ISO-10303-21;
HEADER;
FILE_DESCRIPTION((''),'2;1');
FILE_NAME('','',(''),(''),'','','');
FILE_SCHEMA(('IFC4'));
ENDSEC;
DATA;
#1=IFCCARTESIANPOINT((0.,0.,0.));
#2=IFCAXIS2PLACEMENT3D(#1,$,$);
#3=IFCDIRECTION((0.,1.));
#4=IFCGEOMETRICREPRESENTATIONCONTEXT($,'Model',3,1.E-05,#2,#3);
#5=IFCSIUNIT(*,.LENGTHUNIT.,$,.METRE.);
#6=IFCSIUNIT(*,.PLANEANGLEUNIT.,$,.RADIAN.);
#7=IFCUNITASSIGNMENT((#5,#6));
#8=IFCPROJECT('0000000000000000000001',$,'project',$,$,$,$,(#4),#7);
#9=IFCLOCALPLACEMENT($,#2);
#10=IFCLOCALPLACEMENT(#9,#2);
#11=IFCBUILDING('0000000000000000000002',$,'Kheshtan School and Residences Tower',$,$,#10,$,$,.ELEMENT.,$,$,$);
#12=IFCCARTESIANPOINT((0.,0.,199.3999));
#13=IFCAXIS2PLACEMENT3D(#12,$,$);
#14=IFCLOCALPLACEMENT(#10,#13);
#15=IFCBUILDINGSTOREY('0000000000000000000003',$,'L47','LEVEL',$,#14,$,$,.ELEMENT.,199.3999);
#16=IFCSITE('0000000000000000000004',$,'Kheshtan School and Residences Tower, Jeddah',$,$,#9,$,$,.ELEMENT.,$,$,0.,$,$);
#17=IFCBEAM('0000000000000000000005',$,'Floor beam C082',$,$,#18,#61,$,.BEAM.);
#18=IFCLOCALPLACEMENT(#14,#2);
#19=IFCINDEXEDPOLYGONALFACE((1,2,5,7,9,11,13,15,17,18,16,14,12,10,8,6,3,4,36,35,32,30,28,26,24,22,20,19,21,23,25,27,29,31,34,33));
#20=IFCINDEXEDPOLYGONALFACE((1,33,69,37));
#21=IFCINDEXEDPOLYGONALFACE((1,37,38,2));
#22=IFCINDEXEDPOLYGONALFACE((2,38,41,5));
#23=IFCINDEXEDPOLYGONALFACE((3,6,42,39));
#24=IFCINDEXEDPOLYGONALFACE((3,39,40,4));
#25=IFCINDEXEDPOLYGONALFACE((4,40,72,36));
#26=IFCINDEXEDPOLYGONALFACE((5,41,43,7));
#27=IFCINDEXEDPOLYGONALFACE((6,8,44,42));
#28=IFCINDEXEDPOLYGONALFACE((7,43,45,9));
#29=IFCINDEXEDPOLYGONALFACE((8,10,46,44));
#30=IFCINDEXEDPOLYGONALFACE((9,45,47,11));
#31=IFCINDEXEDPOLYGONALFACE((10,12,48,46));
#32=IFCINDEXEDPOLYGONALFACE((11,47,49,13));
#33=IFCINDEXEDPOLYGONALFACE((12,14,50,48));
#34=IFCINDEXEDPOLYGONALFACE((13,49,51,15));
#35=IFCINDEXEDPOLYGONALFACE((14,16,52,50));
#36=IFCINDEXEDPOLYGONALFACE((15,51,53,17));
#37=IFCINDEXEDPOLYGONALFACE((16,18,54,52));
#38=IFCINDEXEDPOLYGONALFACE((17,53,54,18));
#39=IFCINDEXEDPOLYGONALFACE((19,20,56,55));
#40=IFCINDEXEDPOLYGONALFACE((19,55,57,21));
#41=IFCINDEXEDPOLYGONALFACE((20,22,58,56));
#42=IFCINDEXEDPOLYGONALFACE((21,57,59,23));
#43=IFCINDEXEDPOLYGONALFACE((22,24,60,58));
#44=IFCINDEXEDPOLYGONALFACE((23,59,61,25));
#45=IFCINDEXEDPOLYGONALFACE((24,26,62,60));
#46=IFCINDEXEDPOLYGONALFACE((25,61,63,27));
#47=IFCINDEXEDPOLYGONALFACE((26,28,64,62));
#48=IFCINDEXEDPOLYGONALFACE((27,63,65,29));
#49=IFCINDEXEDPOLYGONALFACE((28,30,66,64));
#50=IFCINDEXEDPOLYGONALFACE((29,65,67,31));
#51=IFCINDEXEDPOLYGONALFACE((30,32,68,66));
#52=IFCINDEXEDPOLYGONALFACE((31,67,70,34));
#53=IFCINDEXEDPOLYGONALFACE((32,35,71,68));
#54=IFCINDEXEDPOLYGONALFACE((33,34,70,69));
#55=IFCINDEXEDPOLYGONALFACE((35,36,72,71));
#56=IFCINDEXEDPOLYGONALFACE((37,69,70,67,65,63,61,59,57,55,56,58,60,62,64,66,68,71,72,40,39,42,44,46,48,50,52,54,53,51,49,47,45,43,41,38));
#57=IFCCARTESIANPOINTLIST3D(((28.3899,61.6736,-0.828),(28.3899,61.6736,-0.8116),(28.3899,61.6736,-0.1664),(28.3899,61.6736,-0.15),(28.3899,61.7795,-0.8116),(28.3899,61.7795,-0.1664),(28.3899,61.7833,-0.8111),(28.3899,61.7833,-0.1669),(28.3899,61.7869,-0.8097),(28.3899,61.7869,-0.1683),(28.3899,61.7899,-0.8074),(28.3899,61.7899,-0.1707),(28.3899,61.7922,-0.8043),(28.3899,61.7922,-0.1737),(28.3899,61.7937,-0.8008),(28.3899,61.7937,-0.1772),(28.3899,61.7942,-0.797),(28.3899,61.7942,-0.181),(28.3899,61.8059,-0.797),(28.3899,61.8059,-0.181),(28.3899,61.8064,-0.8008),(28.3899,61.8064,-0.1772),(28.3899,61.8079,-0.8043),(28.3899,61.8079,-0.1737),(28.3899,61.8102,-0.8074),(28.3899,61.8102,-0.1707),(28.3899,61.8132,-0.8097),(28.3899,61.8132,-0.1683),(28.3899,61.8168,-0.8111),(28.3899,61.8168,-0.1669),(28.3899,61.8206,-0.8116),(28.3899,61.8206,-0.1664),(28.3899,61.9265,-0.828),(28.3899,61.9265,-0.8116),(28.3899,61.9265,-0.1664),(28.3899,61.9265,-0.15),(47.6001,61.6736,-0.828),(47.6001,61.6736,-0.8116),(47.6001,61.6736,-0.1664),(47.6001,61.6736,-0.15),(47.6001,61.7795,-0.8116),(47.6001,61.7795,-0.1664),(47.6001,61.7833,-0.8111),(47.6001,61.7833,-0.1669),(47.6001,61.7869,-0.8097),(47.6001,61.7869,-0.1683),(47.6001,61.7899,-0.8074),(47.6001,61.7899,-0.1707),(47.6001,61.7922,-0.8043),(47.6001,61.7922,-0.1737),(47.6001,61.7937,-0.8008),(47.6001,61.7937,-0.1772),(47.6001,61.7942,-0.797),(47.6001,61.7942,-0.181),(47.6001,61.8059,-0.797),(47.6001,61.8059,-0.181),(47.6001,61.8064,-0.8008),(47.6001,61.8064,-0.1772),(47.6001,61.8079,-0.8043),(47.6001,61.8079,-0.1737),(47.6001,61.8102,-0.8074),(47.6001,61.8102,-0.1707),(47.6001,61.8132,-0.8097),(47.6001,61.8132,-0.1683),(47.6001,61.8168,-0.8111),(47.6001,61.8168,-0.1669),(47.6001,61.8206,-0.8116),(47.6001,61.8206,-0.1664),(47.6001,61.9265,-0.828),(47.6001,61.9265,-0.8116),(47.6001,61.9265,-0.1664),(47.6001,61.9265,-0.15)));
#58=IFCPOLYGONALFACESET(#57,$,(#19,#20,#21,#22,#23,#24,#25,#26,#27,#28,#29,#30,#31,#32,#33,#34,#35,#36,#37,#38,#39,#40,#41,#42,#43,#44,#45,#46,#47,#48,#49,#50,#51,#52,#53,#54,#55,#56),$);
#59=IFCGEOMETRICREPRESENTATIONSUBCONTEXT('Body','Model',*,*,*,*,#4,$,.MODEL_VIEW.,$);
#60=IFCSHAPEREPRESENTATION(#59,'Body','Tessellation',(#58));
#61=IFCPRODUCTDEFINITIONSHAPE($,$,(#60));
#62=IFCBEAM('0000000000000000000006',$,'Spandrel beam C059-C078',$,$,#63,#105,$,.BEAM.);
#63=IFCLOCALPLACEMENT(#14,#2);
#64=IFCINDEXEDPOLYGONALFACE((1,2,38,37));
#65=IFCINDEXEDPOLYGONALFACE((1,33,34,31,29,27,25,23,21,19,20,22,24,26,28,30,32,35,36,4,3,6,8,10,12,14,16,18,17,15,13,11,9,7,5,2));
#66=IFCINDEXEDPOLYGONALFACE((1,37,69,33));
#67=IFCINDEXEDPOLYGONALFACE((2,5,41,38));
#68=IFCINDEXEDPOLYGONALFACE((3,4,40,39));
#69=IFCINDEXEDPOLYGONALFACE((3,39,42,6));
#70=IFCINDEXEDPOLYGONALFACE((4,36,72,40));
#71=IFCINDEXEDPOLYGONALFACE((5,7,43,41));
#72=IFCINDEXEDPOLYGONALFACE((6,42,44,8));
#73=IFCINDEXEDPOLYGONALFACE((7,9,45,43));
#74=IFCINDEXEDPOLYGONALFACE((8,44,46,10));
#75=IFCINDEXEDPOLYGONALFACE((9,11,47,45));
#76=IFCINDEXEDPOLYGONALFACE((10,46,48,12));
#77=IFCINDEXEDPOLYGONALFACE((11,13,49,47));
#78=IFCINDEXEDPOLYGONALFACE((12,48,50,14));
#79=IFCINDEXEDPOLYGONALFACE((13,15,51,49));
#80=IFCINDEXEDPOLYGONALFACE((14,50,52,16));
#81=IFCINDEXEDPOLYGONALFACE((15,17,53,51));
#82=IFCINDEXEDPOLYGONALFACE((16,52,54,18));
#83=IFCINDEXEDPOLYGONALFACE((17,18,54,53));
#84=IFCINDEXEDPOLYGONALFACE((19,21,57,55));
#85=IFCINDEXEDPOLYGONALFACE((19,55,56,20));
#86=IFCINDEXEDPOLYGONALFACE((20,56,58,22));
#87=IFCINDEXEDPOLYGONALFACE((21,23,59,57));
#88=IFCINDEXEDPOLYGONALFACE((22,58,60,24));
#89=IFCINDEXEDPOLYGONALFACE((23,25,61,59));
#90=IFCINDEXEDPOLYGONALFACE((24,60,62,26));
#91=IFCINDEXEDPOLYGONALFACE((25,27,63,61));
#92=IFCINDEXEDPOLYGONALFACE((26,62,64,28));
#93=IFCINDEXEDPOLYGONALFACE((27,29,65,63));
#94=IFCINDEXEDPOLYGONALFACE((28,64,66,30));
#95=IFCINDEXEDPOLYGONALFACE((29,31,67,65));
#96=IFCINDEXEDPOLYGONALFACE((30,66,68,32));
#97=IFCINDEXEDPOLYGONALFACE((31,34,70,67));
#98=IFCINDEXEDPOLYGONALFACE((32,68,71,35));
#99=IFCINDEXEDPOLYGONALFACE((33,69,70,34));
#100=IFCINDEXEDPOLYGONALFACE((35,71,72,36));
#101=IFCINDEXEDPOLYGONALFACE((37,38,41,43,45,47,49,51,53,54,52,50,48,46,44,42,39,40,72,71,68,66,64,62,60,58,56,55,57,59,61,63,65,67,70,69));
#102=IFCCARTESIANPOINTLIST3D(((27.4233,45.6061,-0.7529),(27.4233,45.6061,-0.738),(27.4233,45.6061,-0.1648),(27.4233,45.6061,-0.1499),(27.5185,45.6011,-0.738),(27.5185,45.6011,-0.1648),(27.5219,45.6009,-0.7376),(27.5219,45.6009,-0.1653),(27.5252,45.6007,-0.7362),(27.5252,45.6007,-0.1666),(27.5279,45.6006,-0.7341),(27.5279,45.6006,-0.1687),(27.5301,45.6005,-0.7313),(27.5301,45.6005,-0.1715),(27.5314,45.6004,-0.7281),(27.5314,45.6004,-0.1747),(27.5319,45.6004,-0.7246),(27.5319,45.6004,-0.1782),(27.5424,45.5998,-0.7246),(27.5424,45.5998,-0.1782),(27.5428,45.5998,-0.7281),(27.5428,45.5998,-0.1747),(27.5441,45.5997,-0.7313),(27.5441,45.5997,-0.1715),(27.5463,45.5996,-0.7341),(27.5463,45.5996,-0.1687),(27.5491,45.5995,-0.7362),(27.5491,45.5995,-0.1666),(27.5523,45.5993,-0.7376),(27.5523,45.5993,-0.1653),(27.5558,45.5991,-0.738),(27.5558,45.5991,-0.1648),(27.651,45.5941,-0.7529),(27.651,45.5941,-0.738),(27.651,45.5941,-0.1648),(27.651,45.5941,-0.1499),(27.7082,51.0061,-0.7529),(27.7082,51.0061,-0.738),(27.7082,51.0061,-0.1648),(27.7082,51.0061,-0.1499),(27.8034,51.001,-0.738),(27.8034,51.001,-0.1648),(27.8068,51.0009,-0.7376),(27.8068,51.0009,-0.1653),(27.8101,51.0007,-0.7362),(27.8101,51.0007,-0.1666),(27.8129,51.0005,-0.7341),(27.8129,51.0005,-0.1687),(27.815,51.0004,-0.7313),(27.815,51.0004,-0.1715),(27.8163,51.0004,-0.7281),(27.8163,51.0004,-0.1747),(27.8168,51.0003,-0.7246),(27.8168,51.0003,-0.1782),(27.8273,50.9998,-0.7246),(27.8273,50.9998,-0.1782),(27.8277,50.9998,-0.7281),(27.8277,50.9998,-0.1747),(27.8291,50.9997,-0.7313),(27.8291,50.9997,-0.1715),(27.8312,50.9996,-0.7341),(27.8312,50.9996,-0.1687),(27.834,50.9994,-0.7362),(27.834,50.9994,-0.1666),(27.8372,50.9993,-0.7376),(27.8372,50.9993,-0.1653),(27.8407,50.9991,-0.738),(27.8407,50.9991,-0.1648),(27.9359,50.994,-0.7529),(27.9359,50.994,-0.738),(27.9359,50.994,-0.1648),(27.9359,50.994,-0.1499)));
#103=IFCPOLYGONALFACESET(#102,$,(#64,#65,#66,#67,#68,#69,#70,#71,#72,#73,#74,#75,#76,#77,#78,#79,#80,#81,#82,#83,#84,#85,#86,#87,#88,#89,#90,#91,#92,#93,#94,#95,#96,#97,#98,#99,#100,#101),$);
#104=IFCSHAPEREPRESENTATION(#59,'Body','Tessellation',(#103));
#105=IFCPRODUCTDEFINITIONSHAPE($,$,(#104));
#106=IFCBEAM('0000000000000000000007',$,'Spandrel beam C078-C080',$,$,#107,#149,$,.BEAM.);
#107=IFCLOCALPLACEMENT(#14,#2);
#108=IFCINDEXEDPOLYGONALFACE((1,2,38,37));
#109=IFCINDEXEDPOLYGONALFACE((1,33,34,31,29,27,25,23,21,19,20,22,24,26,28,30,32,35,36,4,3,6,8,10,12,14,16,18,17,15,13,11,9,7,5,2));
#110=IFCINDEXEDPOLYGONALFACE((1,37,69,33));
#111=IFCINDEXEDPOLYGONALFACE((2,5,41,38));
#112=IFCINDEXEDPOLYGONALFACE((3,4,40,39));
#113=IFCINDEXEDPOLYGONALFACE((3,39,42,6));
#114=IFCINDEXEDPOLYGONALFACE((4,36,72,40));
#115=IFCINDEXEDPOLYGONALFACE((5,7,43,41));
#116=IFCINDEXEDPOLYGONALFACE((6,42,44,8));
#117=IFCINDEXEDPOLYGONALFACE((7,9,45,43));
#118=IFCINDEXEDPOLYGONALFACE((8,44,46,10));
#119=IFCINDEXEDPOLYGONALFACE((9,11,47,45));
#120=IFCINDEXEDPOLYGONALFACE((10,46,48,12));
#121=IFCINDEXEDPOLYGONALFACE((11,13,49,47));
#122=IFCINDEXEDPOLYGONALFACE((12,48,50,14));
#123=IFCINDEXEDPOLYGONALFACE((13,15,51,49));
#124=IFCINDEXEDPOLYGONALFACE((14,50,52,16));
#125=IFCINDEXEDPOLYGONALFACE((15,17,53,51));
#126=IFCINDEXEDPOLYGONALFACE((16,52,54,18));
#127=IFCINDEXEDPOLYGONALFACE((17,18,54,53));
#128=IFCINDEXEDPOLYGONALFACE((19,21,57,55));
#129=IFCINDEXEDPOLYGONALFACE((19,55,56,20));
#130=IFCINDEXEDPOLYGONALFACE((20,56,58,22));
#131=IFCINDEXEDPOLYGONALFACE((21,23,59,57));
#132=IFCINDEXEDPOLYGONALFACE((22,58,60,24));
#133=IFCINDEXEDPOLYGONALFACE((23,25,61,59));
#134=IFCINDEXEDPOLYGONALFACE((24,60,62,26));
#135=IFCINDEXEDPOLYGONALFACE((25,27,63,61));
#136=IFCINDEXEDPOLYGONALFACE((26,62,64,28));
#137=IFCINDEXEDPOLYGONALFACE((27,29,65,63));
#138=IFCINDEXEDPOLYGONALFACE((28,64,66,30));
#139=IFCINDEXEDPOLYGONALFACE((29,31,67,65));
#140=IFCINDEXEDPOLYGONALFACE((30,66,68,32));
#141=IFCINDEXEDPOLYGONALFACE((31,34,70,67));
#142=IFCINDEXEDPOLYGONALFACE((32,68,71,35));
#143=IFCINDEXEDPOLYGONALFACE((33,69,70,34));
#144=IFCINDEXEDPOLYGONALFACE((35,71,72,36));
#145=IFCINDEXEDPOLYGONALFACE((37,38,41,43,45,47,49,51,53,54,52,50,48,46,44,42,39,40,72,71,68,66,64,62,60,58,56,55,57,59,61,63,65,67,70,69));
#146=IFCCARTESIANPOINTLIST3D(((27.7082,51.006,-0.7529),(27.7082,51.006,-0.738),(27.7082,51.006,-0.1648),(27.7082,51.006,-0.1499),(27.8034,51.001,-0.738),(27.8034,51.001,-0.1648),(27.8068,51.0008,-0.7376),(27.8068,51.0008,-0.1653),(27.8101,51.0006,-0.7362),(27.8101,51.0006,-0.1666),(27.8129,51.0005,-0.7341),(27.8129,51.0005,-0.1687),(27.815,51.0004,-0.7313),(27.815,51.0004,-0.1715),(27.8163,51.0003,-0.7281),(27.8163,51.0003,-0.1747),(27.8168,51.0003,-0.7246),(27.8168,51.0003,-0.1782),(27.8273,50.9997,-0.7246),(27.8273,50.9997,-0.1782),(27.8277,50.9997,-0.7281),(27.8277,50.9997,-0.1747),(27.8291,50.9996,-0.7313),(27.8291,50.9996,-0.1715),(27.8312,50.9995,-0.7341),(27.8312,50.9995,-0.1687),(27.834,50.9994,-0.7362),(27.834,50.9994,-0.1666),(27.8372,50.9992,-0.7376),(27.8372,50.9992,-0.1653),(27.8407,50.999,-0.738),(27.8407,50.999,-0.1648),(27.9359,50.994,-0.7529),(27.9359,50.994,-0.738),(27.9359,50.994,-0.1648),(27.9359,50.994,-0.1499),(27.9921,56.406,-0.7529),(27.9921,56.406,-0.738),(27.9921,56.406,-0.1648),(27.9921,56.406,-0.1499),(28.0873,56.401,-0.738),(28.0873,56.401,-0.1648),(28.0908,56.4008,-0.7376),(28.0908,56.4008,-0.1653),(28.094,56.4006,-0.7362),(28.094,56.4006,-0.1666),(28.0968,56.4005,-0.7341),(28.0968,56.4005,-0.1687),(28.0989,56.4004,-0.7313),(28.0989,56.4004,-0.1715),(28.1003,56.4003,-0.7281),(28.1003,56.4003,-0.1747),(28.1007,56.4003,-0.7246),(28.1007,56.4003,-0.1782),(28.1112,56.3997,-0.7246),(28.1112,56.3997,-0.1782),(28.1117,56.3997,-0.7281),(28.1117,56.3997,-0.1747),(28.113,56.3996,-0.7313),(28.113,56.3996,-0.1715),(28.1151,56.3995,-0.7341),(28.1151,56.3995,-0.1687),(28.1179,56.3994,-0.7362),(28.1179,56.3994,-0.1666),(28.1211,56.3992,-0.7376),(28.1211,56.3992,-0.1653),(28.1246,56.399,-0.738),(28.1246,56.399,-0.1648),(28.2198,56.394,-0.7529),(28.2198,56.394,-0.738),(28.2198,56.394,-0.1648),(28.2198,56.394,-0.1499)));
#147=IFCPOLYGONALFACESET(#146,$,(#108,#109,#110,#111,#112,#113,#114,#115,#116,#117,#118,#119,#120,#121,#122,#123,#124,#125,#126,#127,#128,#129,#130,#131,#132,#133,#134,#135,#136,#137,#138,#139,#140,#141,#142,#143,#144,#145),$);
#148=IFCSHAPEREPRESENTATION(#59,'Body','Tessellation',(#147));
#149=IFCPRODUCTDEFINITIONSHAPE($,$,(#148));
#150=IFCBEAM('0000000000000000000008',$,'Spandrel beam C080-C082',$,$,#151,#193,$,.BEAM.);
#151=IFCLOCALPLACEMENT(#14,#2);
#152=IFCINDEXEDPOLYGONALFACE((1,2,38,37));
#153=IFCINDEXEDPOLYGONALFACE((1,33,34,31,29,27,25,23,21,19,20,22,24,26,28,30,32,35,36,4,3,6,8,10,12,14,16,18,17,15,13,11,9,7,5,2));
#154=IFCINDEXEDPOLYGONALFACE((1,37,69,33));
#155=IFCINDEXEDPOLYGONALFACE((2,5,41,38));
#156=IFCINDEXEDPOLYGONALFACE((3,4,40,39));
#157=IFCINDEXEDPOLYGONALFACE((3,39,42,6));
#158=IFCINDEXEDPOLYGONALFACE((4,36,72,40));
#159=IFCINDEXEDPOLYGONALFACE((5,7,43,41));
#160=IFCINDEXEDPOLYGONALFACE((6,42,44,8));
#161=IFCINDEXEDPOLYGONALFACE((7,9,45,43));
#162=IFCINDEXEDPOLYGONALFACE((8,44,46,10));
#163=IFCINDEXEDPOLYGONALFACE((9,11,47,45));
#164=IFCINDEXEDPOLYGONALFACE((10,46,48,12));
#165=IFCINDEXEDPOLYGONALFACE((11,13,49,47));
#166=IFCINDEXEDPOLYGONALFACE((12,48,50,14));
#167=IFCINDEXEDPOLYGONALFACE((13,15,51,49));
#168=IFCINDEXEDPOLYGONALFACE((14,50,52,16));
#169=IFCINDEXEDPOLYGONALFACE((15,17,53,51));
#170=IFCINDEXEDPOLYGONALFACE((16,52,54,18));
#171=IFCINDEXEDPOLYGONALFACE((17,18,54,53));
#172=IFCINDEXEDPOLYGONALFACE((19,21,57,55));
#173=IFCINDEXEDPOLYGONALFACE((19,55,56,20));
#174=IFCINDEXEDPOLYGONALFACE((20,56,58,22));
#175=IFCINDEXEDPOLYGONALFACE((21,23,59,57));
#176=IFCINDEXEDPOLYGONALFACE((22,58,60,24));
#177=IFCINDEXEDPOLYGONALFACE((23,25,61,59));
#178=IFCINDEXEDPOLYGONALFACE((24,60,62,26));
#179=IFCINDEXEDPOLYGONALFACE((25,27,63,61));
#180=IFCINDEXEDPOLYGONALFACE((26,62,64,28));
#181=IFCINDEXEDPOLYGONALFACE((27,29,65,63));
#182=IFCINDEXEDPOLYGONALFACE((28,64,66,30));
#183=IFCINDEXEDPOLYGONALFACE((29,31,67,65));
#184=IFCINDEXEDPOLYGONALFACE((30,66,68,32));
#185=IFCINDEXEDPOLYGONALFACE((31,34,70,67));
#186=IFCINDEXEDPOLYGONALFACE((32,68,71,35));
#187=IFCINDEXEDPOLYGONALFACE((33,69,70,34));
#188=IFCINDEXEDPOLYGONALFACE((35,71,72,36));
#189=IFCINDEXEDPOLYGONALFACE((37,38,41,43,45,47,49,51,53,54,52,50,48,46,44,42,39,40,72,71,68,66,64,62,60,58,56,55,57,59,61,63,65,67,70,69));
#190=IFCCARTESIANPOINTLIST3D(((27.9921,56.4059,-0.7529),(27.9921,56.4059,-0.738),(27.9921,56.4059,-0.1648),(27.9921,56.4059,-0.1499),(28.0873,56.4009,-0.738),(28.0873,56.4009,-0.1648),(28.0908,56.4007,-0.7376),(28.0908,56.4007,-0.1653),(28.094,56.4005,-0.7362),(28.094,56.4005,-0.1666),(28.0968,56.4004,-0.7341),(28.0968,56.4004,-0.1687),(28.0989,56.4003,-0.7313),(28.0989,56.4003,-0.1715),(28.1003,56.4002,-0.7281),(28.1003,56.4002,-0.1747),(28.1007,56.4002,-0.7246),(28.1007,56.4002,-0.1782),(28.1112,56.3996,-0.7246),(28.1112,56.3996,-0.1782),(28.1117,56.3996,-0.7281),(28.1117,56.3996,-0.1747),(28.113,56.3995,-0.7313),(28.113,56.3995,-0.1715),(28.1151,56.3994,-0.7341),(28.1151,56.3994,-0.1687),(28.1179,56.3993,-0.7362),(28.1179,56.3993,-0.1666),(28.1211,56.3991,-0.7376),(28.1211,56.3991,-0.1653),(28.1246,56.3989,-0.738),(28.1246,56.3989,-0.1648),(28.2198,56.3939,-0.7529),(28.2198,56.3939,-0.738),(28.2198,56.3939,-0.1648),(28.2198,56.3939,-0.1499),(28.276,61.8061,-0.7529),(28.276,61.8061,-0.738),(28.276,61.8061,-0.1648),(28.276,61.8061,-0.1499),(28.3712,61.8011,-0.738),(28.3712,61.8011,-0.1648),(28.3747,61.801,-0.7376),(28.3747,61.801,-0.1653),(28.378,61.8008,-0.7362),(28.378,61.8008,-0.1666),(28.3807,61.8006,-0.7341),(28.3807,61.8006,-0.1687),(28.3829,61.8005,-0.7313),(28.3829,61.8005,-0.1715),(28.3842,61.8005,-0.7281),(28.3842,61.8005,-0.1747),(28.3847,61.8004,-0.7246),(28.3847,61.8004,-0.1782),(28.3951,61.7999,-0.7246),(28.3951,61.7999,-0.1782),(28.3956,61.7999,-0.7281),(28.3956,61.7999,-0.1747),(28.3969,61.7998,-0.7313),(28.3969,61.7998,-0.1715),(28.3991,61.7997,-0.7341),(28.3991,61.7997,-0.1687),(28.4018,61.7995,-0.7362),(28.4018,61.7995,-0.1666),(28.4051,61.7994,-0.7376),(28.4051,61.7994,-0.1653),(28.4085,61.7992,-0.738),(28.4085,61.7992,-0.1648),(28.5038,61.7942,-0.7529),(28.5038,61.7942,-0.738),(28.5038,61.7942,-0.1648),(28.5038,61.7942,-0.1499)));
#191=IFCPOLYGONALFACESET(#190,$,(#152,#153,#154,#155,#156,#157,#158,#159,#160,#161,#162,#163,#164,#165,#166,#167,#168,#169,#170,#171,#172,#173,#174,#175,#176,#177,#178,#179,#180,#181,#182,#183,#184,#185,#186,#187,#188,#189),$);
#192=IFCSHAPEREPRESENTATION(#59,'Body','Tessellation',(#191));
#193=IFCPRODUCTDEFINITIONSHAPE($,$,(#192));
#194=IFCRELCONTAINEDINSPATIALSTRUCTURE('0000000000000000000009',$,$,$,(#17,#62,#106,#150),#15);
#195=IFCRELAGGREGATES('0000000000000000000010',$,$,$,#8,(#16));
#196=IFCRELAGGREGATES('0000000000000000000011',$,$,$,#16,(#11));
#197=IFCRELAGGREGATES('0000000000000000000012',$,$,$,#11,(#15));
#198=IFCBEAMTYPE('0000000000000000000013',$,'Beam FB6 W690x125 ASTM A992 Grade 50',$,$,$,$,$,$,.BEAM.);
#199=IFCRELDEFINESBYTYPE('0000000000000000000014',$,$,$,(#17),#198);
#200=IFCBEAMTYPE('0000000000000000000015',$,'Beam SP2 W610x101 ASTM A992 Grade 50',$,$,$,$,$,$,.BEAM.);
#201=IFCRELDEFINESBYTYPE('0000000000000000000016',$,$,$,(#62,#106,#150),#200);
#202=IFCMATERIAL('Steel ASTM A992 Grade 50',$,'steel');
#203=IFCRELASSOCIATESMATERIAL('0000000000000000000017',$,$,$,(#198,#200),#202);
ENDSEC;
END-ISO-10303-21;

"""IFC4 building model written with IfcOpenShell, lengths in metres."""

from ifc_helpers import new_model, si_unit, direction, frame, origin, origin_2d, place, context, subcontext, project, spatial, i_section, extrude, material, material_profile, profile_set, type_object, element, save


model = new_model("IFC4")

# Units and contexts
model_context = context("Model", 3, precision=1e-05, world=origin(), true_north=direction((0.0, 1.0)))
body_context = subcontext(model_context, "Body", "Model", "MODEL_VIEW")
ifc_project = project(units=[si_unit("LENGTHUNIT", "METRE"), si_unit("PLANEANGLEUNIT", "RADIAN")], contexts=[model_context])

# Site, building, storey
site_placement = place(None, origin())
site = spatial("IfcSite", under=ifc_project, at=site_placement, Name="Kheshtan School and Residences Tower, Jeddah", CompositionType="ELEMENT", RefElevation=0.0)
building_placement = place(site_placement, origin())
building = spatial("IfcBuilding", under=site, at=building_placement, Name="Kheshtan School and Residences Tower", CompositionType="ELEMENT")
storey_placement = place(building_placement, frame((0.0, 0.0, 199.3999)))
storey = spatial("IfcBuildingStorey", under=building, at=storey_placement, Name="L47", Description="LEVEL", CompositionType="ELEMENT", Elevation=199.3999)

# Shared definitions
ifc_material_1 = material(Name="Steel ASTM A992 Grade 50", Category="steel")

# Beams
ifc_material_profile_1 = material_profile(ifc_material_1, i_section(OverallWidth=0.2529, OverallDepth=0.678, WebThickness=0.0117, FlangeThickness=0.0164, FilletRadius=0.0146, at=origin_2d()), Name="W690x125")
ifc_profile_set_1 = profile_set([ifc_material_profile_1], Name="Steel ASTM A992 Grade 50")
beam_type_1 = type_object("IfcBeamType", Name="Beam FB6 W690x125 ASTM A992 Grade 50", PredefinedType="BEAM", material=ifc_profile_set_1)
beam_1_placement = place(storey_placement, frame((28.3899, 61.8, -0.489), z_axis=(1.0, 0.0, 0.0), x_axis=(0.0, 1.0, 0.0)))
element("IfcBeam", 1, at=beam_1_placement, inside=storey, type_object=beam_type_1, Name="Floor beam C082", PredefinedType="BEAM", context=body_context, shape_type="SweptSolid", body=[
    extrude(i_section(OverallWidth=0.2529, OverallDepth=0.678, WebThickness=0.0117, FlangeThickness=0.0164, FilletRadius=0.0146, at=origin_2d()), origin(), (0.0, 0.0, 1.0), 19.2102),
])
ifc_material_profile_2 = material_profile(ifc_material_1, i_section(OverallWidth=0.228, OverallDepth=0.603, WebThickness=0.0105, FlangeThickness=0.0149, FilletRadius=0.0134, at=origin_2d()), Name="W610x101")
ifc_profile_set_2 = profile_set([ifc_material_profile_2], Name="Steel ASTM A992 Grade 50")
beam_type_2 = type_object("IfcBeamType", Name="Beam SP2 W610x101 ASTM A992 Grade 50", PredefinedType="BEAM", material=ifc_profile_set_2)
for number, where, z_axis, x_axis, name in (
    (2, (27.5371, 45.6001, -0.4514), (0.052689, 0.998611, 0.0), (-0.998611, 0.052689, 0.0), "Spandrel beam C059-C078"),
    (3, (27.822, 51.0, -0.4514), (0.052509, 0.99862, 0.0), (-0.99862, 0.052509, 0.0), "Spandrel beam C078-C080"),
):
    element("IfcBeam", number, at=place(storey_placement, frame(where, z_axis=z_axis, x_axis=x_axis)), inside=storey, type_object=beam_type_2, Name=name, PredefinedType="BEAM", context=body_context, shape_type="SweptSolid", body=[
        extrude(i_section(OverallWidth=0.228, OverallDepth=0.603, WebThickness=0.0105, FlangeThickness=0.0149, FilletRadius=0.0134, at=origin_2d()), origin(), (0.0, 0.0, 1.0), 5.4075),
    ])
beam_2_placement = place(storey_placement, frame((28.106, 56.3999, -0.4514), z_axis=(0.052507, 0.998621, 0.0), x_axis=(-0.998621, 0.052507, 0.0)))
element("IfcBeam", 4, at=beam_2_placement, inside=storey, type_object=beam_type_2, Name="Spandrel beam C080-C082", PredefinedType="BEAM", context=body_context, shape_type="SweptSolid", body=[
    extrude(i_section(OverallWidth=0.228, OverallDepth=0.603, WebThickness=0.0105, FlangeThickness=0.0149, FilletRadius=0.0134, at=origin_2d()), origin(), (0.0, 0.0, 1.0), 5.4077),
])

save(model, "model.ifc")
